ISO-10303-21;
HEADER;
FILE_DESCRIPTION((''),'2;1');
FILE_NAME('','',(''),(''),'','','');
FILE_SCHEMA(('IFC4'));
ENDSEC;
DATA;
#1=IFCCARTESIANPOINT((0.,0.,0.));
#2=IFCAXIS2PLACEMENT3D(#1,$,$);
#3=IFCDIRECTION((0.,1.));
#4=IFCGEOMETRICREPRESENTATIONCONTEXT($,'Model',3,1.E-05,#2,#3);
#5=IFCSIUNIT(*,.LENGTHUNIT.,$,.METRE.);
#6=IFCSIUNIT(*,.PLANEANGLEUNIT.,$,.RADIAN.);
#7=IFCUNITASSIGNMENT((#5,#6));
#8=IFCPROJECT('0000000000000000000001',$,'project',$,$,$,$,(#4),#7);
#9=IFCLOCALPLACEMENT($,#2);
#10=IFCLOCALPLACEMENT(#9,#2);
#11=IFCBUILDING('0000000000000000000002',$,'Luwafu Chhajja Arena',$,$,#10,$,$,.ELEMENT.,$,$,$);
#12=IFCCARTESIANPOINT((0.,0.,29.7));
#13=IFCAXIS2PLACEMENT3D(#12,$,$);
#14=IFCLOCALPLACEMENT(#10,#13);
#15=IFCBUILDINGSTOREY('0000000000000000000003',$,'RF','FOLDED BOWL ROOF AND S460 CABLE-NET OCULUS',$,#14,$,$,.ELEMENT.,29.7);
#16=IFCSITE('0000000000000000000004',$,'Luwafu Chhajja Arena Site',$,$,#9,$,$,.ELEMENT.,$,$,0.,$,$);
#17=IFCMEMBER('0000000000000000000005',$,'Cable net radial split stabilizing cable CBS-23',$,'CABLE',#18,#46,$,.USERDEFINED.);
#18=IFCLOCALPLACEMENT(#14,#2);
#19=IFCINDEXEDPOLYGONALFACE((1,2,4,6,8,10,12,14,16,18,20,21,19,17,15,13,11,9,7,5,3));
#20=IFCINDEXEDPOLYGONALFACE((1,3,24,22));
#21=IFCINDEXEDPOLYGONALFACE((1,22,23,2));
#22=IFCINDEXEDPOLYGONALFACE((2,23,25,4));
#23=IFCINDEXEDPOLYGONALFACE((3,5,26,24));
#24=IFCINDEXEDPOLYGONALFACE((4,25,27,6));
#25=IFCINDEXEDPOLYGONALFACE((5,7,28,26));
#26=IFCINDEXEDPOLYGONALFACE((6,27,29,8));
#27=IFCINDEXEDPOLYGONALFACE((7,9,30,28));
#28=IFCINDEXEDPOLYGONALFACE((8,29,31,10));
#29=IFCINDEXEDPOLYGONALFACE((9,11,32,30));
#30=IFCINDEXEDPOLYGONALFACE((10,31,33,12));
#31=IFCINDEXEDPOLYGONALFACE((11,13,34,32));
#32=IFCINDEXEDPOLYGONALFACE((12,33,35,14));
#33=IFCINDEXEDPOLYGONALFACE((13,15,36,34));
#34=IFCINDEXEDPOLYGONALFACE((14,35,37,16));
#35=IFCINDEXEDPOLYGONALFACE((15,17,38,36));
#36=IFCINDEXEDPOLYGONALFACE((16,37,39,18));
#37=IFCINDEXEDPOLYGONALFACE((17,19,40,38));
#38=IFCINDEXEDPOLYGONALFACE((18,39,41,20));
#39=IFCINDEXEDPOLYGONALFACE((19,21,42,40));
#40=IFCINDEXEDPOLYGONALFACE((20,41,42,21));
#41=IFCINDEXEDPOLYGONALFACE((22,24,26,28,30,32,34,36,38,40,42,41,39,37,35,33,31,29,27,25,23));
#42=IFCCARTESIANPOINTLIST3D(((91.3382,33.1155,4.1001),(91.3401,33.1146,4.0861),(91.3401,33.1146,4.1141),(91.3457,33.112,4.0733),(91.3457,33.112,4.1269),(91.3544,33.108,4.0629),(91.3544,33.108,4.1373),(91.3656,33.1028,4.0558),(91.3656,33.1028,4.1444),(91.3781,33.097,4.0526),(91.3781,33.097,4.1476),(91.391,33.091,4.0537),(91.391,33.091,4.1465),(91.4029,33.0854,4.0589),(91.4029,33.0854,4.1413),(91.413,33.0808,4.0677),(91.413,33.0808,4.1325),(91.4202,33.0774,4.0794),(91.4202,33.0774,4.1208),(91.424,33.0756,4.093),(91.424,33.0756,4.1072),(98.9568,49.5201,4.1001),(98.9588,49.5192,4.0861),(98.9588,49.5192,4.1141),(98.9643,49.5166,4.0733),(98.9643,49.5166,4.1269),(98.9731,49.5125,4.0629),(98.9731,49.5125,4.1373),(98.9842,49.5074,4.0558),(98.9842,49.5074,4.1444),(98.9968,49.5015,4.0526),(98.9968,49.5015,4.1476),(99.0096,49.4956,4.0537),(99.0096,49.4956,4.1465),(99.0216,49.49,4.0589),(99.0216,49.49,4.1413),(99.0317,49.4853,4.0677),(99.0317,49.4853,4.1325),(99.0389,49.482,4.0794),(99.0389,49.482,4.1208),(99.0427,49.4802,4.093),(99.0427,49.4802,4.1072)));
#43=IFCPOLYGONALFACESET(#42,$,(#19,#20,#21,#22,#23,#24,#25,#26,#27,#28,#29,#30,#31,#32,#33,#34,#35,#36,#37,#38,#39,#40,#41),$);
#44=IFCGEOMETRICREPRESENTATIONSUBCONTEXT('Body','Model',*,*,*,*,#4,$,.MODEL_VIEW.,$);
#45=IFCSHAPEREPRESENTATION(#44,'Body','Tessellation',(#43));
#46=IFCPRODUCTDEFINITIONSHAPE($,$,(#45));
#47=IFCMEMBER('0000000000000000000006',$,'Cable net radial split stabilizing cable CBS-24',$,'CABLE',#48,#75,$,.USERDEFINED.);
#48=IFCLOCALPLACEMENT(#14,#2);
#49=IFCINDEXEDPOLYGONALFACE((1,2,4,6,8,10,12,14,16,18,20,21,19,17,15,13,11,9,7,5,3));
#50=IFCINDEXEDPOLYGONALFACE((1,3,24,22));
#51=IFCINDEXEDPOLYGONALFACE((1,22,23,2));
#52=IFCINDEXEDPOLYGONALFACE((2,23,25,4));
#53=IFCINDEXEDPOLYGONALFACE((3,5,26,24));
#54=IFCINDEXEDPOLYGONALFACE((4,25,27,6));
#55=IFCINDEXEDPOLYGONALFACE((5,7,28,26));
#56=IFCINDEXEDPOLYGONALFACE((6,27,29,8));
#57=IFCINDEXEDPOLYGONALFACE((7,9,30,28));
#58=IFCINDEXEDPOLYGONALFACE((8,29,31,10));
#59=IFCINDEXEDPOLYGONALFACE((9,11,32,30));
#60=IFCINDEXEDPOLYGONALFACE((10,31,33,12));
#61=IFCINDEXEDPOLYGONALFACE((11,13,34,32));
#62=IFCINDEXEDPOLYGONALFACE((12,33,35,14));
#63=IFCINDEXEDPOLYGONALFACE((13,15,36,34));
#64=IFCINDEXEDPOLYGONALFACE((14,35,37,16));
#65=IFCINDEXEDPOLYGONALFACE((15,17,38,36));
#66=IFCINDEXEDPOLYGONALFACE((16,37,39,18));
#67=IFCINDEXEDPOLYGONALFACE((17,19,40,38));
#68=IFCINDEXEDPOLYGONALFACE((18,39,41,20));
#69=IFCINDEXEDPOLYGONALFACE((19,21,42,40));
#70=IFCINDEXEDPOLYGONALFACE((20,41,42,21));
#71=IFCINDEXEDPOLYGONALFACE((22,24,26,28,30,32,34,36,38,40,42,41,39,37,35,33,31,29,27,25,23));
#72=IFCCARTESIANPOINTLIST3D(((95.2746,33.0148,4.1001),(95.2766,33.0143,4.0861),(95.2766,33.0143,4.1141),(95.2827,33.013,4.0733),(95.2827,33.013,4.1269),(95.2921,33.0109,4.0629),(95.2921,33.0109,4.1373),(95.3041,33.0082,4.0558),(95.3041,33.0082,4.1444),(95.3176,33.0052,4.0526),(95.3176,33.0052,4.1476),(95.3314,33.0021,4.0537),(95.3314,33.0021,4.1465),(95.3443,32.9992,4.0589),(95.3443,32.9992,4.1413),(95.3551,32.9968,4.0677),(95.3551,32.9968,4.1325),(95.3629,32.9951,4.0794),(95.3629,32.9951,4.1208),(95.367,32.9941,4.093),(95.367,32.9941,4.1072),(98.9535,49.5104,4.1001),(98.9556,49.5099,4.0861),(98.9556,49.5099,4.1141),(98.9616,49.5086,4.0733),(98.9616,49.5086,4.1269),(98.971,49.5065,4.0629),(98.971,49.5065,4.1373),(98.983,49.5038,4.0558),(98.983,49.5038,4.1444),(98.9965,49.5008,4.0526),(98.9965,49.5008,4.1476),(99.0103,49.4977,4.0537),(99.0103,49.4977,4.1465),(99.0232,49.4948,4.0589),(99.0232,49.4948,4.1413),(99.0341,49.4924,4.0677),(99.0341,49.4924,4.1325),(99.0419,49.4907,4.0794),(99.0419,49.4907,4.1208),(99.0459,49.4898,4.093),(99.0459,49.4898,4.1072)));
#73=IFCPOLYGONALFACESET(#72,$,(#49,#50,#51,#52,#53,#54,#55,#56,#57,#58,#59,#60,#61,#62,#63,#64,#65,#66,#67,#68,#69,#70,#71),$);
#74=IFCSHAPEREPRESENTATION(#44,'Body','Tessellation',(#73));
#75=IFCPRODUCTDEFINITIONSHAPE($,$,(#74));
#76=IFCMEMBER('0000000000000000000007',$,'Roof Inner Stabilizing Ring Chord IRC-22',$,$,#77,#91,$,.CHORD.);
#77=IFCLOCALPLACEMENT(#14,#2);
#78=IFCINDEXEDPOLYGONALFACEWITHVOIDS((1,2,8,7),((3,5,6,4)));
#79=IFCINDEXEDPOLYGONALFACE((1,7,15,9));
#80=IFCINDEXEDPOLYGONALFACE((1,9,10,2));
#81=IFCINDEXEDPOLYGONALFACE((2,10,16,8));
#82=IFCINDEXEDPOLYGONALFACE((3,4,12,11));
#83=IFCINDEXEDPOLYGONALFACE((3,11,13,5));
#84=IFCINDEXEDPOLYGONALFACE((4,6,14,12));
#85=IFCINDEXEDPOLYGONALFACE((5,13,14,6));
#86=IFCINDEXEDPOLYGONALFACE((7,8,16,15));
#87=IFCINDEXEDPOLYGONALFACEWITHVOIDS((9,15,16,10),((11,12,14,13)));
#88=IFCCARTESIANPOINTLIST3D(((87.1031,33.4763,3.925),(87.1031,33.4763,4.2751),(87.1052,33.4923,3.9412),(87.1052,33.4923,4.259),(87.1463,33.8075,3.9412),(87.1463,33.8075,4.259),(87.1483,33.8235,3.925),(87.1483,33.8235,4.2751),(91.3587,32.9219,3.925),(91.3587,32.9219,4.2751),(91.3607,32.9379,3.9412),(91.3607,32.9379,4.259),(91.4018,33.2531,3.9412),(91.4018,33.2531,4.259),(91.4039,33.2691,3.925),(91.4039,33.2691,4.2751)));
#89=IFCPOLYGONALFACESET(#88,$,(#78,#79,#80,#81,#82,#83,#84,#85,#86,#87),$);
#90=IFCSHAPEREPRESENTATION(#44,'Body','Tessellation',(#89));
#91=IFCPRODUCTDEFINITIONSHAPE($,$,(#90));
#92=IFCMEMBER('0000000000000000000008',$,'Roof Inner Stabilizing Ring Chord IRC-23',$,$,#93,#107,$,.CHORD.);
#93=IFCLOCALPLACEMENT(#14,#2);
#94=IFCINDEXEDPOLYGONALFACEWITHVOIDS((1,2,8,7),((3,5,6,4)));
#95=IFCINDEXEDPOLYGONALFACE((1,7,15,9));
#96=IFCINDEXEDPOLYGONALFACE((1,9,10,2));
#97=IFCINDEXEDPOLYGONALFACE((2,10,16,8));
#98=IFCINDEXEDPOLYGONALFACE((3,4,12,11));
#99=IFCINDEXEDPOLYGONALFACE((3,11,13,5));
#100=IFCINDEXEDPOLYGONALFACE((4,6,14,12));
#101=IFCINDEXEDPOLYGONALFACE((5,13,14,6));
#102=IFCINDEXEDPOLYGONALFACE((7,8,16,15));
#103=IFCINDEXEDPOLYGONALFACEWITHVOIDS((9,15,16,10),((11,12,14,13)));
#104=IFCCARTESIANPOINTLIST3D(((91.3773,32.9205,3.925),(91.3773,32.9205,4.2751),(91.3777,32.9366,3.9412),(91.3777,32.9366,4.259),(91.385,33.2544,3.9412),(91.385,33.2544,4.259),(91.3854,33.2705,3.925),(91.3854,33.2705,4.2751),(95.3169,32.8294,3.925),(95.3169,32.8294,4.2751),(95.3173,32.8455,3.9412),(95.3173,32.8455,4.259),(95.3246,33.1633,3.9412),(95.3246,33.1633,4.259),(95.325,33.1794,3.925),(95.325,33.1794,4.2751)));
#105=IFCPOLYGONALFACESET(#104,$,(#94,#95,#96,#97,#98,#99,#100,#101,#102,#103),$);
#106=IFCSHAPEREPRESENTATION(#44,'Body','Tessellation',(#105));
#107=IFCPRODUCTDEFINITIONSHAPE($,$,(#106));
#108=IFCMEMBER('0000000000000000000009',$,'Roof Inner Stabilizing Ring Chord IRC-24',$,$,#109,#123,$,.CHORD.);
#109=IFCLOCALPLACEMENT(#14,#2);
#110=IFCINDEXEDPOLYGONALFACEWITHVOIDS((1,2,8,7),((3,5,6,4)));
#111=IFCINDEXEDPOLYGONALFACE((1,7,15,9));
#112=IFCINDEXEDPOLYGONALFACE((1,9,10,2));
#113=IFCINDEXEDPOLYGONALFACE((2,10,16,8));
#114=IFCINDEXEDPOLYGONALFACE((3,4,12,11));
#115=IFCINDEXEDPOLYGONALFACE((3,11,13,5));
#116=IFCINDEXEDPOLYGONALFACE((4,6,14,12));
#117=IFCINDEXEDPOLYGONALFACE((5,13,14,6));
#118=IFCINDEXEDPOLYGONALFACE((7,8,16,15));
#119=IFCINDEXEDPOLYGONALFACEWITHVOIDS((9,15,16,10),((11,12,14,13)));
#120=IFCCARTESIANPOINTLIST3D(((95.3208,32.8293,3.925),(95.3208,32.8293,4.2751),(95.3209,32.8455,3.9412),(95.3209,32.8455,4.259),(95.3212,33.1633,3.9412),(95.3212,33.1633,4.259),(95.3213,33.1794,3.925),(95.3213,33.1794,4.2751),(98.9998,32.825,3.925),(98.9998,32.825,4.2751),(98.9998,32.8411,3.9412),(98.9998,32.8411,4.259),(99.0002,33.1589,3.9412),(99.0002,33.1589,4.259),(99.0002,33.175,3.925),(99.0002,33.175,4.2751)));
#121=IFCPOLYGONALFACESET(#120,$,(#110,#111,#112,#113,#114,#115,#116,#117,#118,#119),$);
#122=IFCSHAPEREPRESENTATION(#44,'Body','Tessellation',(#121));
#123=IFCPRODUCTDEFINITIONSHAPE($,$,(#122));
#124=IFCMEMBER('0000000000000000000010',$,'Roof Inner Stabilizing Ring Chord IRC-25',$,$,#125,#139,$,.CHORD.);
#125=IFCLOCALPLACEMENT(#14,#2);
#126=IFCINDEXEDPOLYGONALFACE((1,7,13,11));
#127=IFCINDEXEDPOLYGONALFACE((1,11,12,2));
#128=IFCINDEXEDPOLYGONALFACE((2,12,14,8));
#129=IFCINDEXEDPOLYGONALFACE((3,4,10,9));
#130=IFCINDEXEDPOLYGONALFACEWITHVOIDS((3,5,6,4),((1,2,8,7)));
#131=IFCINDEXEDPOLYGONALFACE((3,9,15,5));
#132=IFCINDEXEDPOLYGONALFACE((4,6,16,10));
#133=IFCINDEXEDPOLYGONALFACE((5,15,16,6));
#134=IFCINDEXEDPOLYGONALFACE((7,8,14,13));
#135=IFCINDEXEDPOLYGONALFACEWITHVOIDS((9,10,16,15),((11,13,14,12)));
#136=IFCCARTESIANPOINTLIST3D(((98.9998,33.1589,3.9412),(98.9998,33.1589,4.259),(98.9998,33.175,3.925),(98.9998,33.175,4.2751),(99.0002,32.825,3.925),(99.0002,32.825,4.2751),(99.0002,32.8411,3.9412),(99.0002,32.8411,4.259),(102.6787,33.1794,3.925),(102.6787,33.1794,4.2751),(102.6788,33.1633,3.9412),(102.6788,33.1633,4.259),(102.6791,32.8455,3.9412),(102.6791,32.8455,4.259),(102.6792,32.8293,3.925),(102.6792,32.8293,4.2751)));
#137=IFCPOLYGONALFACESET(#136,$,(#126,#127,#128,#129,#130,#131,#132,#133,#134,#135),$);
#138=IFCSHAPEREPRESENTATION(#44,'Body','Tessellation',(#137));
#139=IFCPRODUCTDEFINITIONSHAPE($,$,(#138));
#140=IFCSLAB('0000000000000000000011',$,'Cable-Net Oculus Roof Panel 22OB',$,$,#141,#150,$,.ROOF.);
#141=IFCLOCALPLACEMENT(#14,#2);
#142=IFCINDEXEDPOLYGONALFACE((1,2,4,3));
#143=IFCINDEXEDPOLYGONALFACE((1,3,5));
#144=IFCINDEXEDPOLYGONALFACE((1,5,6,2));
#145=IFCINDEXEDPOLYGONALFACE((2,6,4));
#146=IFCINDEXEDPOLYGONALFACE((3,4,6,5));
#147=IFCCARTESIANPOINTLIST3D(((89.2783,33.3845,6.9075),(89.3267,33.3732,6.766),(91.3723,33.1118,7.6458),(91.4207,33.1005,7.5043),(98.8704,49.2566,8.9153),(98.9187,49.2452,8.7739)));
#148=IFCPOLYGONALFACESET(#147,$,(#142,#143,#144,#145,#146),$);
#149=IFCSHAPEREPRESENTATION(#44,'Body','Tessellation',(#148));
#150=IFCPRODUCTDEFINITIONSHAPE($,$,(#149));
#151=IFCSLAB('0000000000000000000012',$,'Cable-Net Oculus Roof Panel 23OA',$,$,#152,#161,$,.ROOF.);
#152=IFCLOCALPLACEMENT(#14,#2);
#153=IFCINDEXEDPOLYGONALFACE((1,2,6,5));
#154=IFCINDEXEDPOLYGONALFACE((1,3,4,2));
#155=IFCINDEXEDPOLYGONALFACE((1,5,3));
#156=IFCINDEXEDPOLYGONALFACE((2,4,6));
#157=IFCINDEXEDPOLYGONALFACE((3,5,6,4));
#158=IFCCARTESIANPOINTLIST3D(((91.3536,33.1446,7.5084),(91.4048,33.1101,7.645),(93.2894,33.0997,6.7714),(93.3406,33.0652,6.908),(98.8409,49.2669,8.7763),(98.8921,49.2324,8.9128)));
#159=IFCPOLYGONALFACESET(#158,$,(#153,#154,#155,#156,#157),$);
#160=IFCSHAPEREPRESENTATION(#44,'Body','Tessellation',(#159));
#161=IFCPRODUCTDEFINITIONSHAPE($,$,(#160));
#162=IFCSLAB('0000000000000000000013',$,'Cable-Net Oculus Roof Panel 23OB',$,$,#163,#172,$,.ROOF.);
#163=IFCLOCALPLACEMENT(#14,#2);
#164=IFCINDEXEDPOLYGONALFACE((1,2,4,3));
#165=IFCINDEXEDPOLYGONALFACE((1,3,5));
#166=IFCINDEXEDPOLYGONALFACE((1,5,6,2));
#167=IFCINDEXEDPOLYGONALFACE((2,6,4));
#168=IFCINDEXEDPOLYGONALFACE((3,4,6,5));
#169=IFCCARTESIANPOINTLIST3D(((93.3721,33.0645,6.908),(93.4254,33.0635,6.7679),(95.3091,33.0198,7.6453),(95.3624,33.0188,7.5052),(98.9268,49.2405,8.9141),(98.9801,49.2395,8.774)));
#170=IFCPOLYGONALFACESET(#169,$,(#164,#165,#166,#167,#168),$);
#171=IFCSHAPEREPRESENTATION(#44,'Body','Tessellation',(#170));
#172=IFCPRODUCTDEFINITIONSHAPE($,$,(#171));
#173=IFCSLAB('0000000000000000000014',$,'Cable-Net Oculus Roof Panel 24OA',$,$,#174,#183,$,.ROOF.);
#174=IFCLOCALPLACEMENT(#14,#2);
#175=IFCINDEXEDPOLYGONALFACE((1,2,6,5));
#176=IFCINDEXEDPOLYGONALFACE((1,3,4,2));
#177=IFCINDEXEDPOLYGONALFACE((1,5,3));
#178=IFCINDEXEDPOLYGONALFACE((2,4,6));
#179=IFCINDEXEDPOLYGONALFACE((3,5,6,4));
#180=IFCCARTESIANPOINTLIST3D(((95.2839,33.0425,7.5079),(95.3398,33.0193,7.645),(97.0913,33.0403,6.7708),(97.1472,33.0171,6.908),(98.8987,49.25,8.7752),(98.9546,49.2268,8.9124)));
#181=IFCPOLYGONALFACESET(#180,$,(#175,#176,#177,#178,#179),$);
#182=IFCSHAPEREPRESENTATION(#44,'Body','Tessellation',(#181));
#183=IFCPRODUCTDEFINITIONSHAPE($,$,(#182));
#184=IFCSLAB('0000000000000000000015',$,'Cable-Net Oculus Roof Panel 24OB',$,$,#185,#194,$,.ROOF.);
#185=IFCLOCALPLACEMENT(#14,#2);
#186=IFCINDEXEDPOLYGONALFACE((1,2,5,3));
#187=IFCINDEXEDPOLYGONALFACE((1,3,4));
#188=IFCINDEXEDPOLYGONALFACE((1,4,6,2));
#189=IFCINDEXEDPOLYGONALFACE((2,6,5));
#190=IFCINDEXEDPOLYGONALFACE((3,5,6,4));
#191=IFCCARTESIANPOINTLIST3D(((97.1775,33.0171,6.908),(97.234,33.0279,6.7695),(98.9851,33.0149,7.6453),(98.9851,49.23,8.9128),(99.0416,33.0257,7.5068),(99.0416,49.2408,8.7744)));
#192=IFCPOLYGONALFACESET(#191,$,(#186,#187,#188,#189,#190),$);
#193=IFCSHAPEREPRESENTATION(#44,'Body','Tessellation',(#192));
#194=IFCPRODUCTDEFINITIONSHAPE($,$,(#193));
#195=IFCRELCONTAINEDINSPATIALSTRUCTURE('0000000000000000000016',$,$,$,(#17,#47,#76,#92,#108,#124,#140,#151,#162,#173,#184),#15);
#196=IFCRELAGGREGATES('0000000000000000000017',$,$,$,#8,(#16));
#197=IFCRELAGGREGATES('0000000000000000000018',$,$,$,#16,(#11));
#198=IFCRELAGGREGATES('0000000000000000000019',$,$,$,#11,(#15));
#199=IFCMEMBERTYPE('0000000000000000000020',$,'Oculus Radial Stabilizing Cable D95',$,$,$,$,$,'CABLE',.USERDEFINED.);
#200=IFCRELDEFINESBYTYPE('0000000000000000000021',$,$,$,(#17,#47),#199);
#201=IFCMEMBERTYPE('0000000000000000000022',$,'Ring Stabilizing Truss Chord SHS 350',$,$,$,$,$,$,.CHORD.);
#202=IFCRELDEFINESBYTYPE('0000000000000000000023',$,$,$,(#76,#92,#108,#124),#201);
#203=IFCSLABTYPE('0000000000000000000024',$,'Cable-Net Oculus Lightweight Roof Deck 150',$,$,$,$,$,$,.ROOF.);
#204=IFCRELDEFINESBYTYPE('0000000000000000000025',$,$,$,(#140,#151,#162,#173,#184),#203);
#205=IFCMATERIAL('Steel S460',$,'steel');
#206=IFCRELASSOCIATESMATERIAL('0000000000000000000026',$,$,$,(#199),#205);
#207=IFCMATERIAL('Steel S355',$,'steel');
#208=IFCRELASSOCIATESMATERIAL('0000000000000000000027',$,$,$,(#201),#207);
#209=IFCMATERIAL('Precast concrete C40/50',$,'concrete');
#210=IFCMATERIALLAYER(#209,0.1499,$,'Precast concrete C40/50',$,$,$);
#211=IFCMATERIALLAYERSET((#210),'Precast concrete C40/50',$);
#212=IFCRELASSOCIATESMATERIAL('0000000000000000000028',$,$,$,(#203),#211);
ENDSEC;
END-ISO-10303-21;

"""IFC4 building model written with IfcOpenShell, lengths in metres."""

from ifc_helpers import new_model, si_unit, direction, frame, origin, origin_2d, place, context, subcontext, project, spatial, polyline, hollow_rectangle, circle, outline, extrude, material, layer, layer_set, material_profile, profile_set, type_object, element, save


model = new_model("IFC4")

# Units and contexts
model_context = context("Model", 3, precision=1e-05, world=origin(), true_north=direction((0.0, 1.0)))
body_context = subcontext(model_context, "Body", "Model", "MODEL_VIEW")
ifc_project = project(units=[si_unit("LENGTHUNIT", "METRE"), si_unit("PLANEANGLEUNIT", "RADIAN")], contexts=[model_context])

# Site, building, storey
site_placement = place(None, origin())
site = spatial("IfcSite", under=ifc_project, at=site_placement, Name="Luwafu Chhajja Arena Site", CompositionType="ELEMENT", RefElevation=0.0)
building_placement = place(site_placement, origin())
building = spatial("IfcBuilding", under=site, at=building_placement, Name="Luwafu Chhajja Arena", CompositionType="ELEMENT")
storey_placement = place(building_placement, frame((0.0, 0.0, 29.7)))
storey = spatial("IfcBuildingStorey", under=building, at=storey_placement, Name="RF", Description="FOLDED BOWL ROOF AND S460 CABLE-NET OCULUS", CompositionType="ELEMENT", Elevation=29.7)

# Shared definitions
ifc_material_1 = material(Name="Steel S355", Category="steel")

# Members
ifc_material_2 = material(Name="Steel S460", Category="steel")
ifc_material_profile_1 = material_profile(ifc_material_2, circle(Radius=0.0476, at=origin_2d()), Name="CABLE D95")
ifc_profile_set_1 = profile_set([ifc_material_profile_1], Name="Steel S460")
member_type_1 = type_object("IfcMemberType", Name="Oculus Radial Stabilizing Cable D95", ElementType="CABLE", PredefinedType="USERDEFINED", material=ifc_profile_set_1)
member_1_placement = place(storey_placement, frame((91.3813, 33.0955, 4.1001), z_axis=(0.421214, 0.906961, 0.0), x_axis=(-0.906961, 0.421214, 0.0)))
element("IfcMember", 1, at=member_1_placement, inside=storey, type_object=member_type_1, Name="Cable net radial split stabilizing cable CBS-23", ObjectType="CABLE", PredefinedType="USERDEFINED", context=body_context, shape_type="SweptSolid", body=[
    extrude(circle(Radius=0.0476, at=origin_2d()), origin(), (0.0, 0.0, 1.0), 18.0874),
])
member_2_placement = place(storey_placement, frame((95.321, 33.0044, 4.1001), z_axis=(0.217678, 0.976021, 0.0), x_axis=(-0.976021, 0.217678, 0.0)))
element("IfcMember", 2, at=member_2_placement, inside=storey, type_object=member_type_1, Name="Cable net radial split stabilizing cable CBS-24", ObjectType="CABLE", PredefinedType="USERDEFINED", context=body_context, shape_type="SweptSolid", body=[
    extrude(circle(Radius=0.0476, at=origin_2d()), origin(), (0.0, 0.0, 1.0), 16.9009),
])
ifc_material_profile_2 = material_profile(ifc_material_1, hollow_rectangle(XDim=0.3501, YDim=0.3501, WallThickness=0.0161, at=origin_2d()), Name="SHS 350x350x16")
ifc_profile_set_2 = profile_set([ifc_material_profile_2], Name="Steel S355")
member_type_2 = type_object("IfcMemberType", Name="Ring Stabilizing Truss Chord SHS 350", PredefinedType="CHORD", material=ifc_profile_set_2)
member_3_placement = place(storey_placement, frame((87.1257, 33.6499, 4.1001), z_axis=(0.991619, -0.129193, 0.0), x_axis=(0.129193, 0.991619, 0.0)))
element("IfcMember", 3, at=member_3_placement, inside=storey, type_object=member_type_2, Name="Roof Inner Stabilizing Ring Chord IRC-22", PredefinedType="CHORD", context=body_context, shape_type="SweptSolid", body=[
    extrude(hollow_rectangle(XDim=0.3501, YDim=0.3501, WallThickness=0.0161, at=origin_2d()), origin(), (0.0, 0.0, 1.0), 4.2915),
])
member_4_placement = place(storey_placement, frame((91.3813, 33.0955, 4.1001), z_axis=(0.999733, -0.023108, 0.0), x_axis=(0.023108, 0.999733, 0.0)))
element("IfcMember", 4, at=member_4_placement, inside=storey, type_object=member_type_2, Name="Roof Inner Stabilizing Ring Chord IRC-23", PredefinedType="CHORD", context=body_context, shape_type="SweptSolid", body=[
    extrude(hollow_rectangle(XDim=0.3501, YDim=0.3501, WallThickness=0.0161, at=origin_2d()), origin(), (0.0, 0.0, 1.0), 3.9407),
])
for number, where, z_axis, x_axis, name in (
    (5, (95.321, 33.0044, 4.1001), (0.999999, -0.001195, 0.0), (0.001195, 0.999999, 0.0), "Roof Inner Stabilizing Ring Chord IRC-24"),
    (6, (99.0, 33.0, 4.1001), (0.999999, 0.001195, 0.0), (-0.001195, 0.999999, 0.0), "Roof Inner Stabilizing Ring Chord IRC-25"),
):
    element("IfcMember", number, at=place(storey_placement, frame(where, z_axis=z_axis, x_axis=x_axis)), inside=storey, type_object=member_type_2, Name=name, PredefinedType="CHORD", context=body_context, shape_type="SweptSolid", body=[
        extrude(hollow_rectangle(XDim=0.3501, YDim=0.3501, WallThickness=0.0161, at=origin_2d()), origin(), (0.0, 0.0, 1.0), 3.679),
    ])

# Slabs
ifc_material_3 = material(Name="Precast concrete C40/50", Category="concrete")
ifc_layer_1 = layer(ifc_material_3, 0.1499, Name="Precast concrete C40/50")
ifc_layer_set_1 = layer_set([ifc_layer_1], Name="Precast concrete C40/50")
slab_type = type_object("IfcSlabType", Name="Cable-Net Oculus Lightweight Roof Deck 150", PredefinedType="ROOF", material=ifc_layer_set_1)
slab_1_placement = place(storey_placement, frame((89.2783, 33.3845, 6.9075), z_axis=(-0.32277, 0.075716, 0.943444), x_axis=(0.514216, 0.85088, 0.107636)))
element("IfcSlab", 7, at=slab_1_placement, inside=storey, type_object=slab_type, Name="Cable-Net Oculus Roof Panel 22OB", PredefinedType="ROOF", context=body_context, shape_type="SweptSolid", body=[
    extrude(outline(polyline([(0.0, 0.0), (18.6537, 0.0), (0.9242, -2.0372), (0.0, 0.0)])), origin(), (0.0, 0.0, -1.0), 0.1499),
])
slab_2_placement = place(storey_placement, frame((91.4048, 33.1101, 7.645), z_axis=(0.341597, -0.230294, 0.911195), x_axis=(0.420134, 0.904669, 0.071141)))
element("IfcSlab", 8, at=slab_2_placement, inside=storey, type_object=slab_type, Name="Cable-Net Oculus Roof Panel 23OA", PredefinedType="ROOF", context=body_context, shape_type="SweptSolid", body=[
    extrude(outline(polyline([(0.0, 0.0), (17.8212, 0.0), (0.7202, -1.9426), (0.0, 0.0)])), origin(), (0.0, 0.0, -1.0), 0.1499),
])
slab_3_placement = place(storey_placement, frame((93.3721, 33.0645, 6.908), z_axis=(-0.355609, 0.006204, 0.934614), x_axis=(0.322564, 0.939351, 0.116496)))
element("IfcSlab", 9, at=slab_3_placement, inside=storey, type_object=slab_type, Name="Cable-Net Oculus Roof Panel 23OB", PredefinedType="ROOF", context=body_context, shape_type="SweptSolid", body=[
    extrude(outline(polyline([(0.0, 0.0), (17.2204, 0.0), (0.6687, -1.9622), (0.0, 0.0)])), origin(), (0.0, 0.0, -1.0), 0.1499),
])
slab_4_placement = place(storey_placement, frame((95.3398, 33.0193, 7.645), z_axis=(0.372907, -0.154707, 0.91488), x_axis=(0.21705, 0.97319, 0.076098)))
element("IfcSlab", 10, at=slab_4_placement, inside=storey, type_object=slab_type, Name="Cable-Net Oculus Roof Panel 24OA", PredefinedType="ROOF", context=body_context, shape_type="SweptSolid", body=[
    extrude(outline(polyline([(0.0, 0.0), (16.654, 0.0), (0.3341, -1.9231), (0.0, 0.0)])), origin(), (0.0, 0.0, -1.0), 0.1499),
])
slab_5_placement = place(storey_placement, frame((97.1775, 33.0171, 6.908), z_axis=(-0.376768, -0.072192, 0.92349), x_axis=(0.109979, 0.986421, 0.121981)))
element("IfcSlab", 11, at=slab_5_placement, inside=storey, type_object=slab_type, Name="Cable-Net Oculus Roof Panel 24OB", PredefinedType="ROOF", context=body_context, shape_type="SweptSolid", body=[
    extrude(outline(polyline([(0.0, 0.0), (16.4361, 0.0), (0.2866, -1.9311), (0.0, 0.0)])), origin(), (0.0, 0.0, -1.0), 0.1499),
])

save(model, "model.ifc")
